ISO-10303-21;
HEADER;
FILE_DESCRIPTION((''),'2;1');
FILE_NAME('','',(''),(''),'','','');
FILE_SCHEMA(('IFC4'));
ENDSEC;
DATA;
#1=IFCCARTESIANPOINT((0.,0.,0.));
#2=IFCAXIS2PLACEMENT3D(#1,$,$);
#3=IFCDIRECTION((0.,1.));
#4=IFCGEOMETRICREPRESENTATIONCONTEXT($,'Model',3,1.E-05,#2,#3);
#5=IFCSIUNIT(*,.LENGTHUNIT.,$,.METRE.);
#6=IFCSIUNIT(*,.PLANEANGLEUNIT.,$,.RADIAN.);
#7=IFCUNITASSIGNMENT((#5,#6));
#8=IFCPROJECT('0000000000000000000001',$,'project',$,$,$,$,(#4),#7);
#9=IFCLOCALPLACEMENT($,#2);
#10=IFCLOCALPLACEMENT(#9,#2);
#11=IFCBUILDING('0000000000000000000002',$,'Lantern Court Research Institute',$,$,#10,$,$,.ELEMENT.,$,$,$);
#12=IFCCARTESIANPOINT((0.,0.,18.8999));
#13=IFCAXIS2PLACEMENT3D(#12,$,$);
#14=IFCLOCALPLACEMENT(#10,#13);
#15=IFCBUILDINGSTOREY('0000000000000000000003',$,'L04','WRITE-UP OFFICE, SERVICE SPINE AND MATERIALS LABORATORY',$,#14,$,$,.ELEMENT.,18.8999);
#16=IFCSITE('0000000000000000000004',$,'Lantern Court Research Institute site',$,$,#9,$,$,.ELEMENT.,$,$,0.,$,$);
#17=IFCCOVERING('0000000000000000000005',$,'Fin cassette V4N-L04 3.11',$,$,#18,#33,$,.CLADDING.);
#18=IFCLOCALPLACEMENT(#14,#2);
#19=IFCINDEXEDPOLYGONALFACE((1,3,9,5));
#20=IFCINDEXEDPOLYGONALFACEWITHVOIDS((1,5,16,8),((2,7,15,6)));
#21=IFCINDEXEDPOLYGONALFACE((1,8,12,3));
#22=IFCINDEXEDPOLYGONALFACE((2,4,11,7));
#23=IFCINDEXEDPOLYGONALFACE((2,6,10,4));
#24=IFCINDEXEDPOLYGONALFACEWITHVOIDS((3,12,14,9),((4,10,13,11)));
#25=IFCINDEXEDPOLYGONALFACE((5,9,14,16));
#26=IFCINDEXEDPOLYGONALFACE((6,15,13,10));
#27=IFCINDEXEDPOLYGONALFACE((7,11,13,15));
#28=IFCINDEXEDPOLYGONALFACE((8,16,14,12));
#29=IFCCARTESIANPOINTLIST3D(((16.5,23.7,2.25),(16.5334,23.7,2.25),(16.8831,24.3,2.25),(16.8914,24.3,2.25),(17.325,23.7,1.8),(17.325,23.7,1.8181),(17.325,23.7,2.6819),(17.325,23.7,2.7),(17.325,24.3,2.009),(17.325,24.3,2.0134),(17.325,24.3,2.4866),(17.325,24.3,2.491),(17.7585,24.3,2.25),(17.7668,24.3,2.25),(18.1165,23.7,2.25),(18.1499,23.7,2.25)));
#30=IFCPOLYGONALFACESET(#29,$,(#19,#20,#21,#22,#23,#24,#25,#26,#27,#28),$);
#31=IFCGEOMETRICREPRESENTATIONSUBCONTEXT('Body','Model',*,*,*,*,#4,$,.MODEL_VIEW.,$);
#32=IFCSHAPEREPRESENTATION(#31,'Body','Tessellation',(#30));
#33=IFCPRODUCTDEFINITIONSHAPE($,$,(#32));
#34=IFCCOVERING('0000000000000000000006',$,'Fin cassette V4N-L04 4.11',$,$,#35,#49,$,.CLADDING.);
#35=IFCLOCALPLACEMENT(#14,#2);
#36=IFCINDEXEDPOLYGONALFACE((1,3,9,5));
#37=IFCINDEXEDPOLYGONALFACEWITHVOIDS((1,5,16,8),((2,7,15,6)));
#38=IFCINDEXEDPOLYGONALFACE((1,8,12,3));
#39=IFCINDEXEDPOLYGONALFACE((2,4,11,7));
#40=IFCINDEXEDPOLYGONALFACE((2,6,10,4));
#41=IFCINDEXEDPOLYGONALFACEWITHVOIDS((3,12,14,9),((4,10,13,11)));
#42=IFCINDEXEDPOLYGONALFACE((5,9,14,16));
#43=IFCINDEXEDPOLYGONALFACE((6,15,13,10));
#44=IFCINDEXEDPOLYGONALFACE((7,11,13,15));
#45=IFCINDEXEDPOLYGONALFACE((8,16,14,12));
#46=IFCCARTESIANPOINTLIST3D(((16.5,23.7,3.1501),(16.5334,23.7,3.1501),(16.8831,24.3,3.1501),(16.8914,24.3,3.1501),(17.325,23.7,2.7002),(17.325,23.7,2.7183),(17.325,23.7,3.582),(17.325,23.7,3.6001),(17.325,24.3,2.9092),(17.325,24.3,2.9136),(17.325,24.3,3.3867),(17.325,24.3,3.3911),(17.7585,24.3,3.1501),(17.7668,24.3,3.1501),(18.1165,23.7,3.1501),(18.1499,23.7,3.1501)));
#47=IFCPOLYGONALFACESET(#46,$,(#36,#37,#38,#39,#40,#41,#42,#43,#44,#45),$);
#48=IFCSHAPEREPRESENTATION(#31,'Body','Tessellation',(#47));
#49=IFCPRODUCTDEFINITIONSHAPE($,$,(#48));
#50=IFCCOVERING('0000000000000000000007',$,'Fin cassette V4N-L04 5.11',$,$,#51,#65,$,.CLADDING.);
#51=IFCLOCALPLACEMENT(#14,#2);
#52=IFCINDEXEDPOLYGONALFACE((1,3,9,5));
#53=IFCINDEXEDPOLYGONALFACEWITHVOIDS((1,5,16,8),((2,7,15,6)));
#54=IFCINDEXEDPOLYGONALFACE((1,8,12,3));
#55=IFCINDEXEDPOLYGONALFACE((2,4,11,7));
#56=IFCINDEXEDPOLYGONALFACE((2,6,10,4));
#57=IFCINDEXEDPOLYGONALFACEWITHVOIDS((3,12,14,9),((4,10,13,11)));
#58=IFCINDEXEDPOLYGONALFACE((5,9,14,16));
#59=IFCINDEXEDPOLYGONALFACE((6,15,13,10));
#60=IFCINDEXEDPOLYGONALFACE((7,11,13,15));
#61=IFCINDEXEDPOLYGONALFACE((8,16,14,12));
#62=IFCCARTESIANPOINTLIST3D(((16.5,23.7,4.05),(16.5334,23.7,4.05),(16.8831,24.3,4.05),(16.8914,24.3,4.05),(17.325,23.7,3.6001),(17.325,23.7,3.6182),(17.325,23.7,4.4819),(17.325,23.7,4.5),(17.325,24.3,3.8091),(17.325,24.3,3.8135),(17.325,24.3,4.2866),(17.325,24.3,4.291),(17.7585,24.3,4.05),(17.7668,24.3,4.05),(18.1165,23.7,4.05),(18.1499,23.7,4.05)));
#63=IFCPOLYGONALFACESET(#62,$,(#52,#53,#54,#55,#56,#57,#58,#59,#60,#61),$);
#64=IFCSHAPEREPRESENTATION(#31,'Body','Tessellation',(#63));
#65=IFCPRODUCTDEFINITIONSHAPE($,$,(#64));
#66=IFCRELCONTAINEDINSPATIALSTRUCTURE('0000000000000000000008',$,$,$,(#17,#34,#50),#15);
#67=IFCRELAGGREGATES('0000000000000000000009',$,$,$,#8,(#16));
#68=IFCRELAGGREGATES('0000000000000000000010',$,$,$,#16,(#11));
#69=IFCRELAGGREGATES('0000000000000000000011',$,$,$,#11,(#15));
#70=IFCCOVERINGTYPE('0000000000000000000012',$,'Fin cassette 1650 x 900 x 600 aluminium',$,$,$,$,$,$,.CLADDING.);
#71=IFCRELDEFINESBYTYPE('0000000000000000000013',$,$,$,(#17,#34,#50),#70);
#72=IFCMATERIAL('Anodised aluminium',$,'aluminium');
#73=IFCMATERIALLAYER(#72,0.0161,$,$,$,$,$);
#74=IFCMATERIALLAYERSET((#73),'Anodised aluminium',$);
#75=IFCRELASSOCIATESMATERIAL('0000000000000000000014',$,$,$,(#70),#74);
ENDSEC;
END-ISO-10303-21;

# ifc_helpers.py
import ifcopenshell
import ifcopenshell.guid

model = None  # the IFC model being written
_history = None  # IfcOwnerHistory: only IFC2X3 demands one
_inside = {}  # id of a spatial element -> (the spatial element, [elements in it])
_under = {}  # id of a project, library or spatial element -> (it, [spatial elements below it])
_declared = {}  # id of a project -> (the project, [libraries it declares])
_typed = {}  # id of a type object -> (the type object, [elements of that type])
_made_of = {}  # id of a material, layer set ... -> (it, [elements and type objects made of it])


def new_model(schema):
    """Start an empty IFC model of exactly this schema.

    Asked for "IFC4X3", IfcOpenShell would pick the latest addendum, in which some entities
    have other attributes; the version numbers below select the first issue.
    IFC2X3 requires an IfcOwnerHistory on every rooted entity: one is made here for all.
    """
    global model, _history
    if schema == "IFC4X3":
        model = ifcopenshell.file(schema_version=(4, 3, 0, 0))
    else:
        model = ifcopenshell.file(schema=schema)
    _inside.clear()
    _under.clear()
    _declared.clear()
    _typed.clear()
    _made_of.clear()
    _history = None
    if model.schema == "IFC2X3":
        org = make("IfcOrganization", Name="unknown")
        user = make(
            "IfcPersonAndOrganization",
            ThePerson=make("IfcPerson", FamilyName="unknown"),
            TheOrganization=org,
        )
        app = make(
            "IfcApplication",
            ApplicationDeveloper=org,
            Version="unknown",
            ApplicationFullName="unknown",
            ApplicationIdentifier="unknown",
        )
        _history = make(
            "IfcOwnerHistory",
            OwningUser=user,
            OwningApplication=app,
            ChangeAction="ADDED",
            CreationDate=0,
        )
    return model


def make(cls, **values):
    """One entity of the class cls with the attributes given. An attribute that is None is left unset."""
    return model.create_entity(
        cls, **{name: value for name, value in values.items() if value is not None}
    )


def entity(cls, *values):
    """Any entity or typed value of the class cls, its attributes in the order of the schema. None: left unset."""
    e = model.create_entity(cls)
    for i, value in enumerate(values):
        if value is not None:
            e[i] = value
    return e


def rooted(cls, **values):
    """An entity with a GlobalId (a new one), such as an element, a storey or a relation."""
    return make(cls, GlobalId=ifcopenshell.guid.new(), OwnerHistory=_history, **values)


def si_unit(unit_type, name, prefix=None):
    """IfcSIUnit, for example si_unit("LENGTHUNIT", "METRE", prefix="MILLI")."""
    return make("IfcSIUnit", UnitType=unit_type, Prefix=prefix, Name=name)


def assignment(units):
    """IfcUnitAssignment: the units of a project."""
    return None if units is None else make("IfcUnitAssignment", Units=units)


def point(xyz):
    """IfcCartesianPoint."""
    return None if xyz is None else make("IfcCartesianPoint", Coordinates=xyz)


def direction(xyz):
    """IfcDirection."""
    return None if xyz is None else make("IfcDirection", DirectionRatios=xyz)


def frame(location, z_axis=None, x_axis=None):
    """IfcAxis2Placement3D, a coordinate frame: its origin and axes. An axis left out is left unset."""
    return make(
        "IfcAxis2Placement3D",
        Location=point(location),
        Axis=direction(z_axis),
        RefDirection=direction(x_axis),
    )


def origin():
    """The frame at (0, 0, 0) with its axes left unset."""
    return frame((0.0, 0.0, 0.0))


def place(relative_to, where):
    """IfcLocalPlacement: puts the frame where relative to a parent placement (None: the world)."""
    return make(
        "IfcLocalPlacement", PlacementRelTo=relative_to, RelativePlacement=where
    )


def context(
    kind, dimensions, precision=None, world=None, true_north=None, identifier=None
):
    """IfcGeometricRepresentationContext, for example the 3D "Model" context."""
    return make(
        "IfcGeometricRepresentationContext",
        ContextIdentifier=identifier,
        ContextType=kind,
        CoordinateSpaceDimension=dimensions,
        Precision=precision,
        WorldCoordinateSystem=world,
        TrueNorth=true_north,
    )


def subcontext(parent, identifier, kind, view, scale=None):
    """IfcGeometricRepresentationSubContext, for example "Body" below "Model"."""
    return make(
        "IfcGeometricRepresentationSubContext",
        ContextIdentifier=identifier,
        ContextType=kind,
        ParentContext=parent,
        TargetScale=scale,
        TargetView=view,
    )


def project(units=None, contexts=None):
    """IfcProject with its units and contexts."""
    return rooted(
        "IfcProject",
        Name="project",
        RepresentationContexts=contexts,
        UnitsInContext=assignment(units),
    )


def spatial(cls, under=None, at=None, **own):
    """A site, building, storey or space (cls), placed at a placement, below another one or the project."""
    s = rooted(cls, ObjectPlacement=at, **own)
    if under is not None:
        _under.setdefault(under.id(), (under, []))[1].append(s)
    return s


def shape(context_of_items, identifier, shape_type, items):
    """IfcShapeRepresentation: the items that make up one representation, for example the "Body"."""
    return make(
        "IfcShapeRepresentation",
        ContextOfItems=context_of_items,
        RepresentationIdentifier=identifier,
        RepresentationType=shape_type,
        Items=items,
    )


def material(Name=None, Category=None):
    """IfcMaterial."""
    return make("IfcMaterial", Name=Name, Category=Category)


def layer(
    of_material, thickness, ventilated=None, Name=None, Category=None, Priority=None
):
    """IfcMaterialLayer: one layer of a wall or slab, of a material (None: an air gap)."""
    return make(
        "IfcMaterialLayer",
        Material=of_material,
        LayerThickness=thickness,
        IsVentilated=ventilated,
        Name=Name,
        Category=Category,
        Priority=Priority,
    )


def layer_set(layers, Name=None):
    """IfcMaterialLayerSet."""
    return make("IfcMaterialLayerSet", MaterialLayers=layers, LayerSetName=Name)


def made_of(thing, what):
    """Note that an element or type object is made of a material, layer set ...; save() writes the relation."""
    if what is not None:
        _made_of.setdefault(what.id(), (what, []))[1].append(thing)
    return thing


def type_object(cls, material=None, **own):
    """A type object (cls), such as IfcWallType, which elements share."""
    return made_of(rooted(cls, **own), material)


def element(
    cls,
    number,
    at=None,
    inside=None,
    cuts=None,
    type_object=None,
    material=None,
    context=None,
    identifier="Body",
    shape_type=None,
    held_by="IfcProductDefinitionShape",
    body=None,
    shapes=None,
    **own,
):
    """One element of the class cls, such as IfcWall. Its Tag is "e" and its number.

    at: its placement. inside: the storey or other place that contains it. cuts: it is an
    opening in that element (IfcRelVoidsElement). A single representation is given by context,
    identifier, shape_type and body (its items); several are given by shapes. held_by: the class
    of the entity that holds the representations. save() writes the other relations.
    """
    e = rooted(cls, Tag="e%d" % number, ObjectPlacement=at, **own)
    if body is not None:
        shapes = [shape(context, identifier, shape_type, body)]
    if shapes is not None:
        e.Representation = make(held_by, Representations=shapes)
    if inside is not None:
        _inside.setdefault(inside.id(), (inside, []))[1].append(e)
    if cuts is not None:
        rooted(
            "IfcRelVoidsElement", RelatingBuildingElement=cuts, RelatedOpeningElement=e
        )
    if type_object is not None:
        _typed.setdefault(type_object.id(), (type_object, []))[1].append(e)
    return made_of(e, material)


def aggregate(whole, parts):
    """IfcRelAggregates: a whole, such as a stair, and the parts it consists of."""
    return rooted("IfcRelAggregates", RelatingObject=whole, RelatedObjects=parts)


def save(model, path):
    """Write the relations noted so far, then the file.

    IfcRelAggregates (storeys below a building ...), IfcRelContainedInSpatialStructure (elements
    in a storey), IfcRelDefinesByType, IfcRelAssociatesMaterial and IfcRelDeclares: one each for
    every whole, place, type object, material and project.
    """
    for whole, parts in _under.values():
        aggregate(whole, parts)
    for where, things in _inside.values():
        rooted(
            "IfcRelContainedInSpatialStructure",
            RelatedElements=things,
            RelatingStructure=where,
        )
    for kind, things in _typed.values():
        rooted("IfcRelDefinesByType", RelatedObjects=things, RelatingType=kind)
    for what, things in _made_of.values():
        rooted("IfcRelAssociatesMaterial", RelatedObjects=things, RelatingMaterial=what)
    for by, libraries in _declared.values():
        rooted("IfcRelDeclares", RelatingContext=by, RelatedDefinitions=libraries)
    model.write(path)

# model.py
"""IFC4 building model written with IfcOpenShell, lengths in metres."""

from ifc_helpers import new_model, entity, si_unit, direction, frame, origin, place, context, subcontext, project, spatial, material, layer, layer_set, type_object, element, save


model = new_model("IFC4")

# Units and contexts
model_context = context("Model", 3, precision=1e-05, world=origin(), true_north=direction((0.0, 1.0)))
body_context = subcontext(model_context, "Body", "Model", "MODEL_VIEW")
ifc_project = project(units=[si_unit("LENGTHUNIT", "METRE"), si_unit("PLANEANGLEUNIT", "RADIAN")], contexts=[model_context])

# Site, building, storey
site_placement = place(None, origin())
site = spatial("IfcSite", under=ifc_project, at=site_placement, Name="Lantern Court Research Institute site", CompositionType="ELEMENT", RefElevation=0.0)
building_placement = place(site_placement, origin())
building = spatial("IfcBuilding", under=site, at=building_placement, Name="Lantern Court Research Institute", CompositionType="ELEMENT")
storey_placement = place(building_placement, frame((0.0, 0.0, 18.8999)))
storey = spatial("IfcBuildingStorey", under=building, at=storey_placement, Name="L04", Description="WRITE-UP OFFICE, SERVICE SPINE AND MATERIALS LABORATORY", CompositionType="ELEMENT", Elevation=18.8999)

# Coverings
ifc_material_1 = material(Name="Anodised aluminium", Category="aluminium")
ifc_layer_1 = layer(ifc_material_1, 0.0161)
ifc_layer_set_1 = layer_set([ifc_layer_1], Name="Anodised aluminium")
covering_type = type_object("IfcCoveringType", Name="Fin cassette 1650 x 900 x 600 aluminium", PredefinedType="CLADDING", material=ifc_layer_set_1)
covering_1_placement = place(storey_placement, frame((17.325, 23.7, 2.25), z_axis=(0.0, 1.0, 0.0), x_axis=(-1.0, 0.0, 0.0)))
cartesian_point_1 = entity("IfcCartesianPoint", [0.825, 0.0])
cartesian_point_2 = entity("IfcCartesianPoint", [0.7915, 0.0])
cartesian_point_3 = entity("IfcCartesianPoint", [0.4419, 0.0])
cartesian_point_4 = entity("IfcCartesianPoint", [0.4336, 0.0])
element("IfcCovering", 1, at=covering_1_placement, inside=storey, type_object=covering_type, Name="Fin cassette V4N-L04 3.11", PredefinedType="CLADDING", context=body_context, shape_type="SweptSolid", body=[
    entity("IfcExtrudedAreaSolidTapered", entity("IfcArbitraryProfileDefWithVoids", "AREA", None, entity("IfcPolyline", [cartesian_point_1, entity("IfcCartesianPoint", [0.0, 0.45]), entity("IfcCartesianPoint", [-0.825, 0.0]), entity("IfcCartesianPoint", [0.0, -0.45]), cartesian_point_1]), [entity("IfcPolyline", [cartesian_point_2, entity("IfcCartesianPoint", [0.0, 0.4319]), entity("IfcCartesianPoint", [-0.7915, 0.0]), entity("IfcCartesianPoint", [0.0, -0.4319]), cartesian_point_2])]), entity("IfcAxis2Placement3D", entity("IfcCartesianPoint", [0.0, 0.0, 0.0])), entity("IfcDirection", [0.0, 0.0, 1.0]), 0.6001, entity("IfcArbitraryProfileDefWithVoids", "AREA", None, entity("IfcPolyline", [cartesian_point_3, entity("IfcCartesianPoint", [0.0, 0.241]), entity("IfcCartesianPoint", [-0.4419, 0.0]), entity("IfcCartesianPoint", [0.0, -0.241]), cartesian_point_3]), [entity("IfcPolyline", [cartesian_point_4, entity("IfcCartesianPoint", [0.0, 0.2366]), entity("IfcCartesianPoint", [-0.4336, 0.0]), entity("IfcCartesianPoint", [0.0, -0.2366]), cartesian_point_4])])),
])
covering_2_placement = place(storey_placement, frame((17.325, 23.7, 3.1501), z_axis=(0.0, 1.0, 0.0), x_axis=(-1.0, 0.0, 0.0)))
cartesian_point_5 = entity("IfcCartesianPoint", [0.825, 0.0])
cartesian_point_6 = entity("IfcCartesianPoint", [0.7915, 0.0])
cartesian_point_7 = entity("IfcCartesianPoint", [0.4419, 0.0])
cartesian_point_8 = entity("IfcCartesianPoint", [0.4336, 0.0])
element("IfcCovering", 2, at=covering_2_placement, inside=storey, type_object=covering_type, Name="Fin cassette V4N-L04 4.11", PredefinedType="CLADDING", context=body_context, shape_type="SweptSolid", body=[
    entity("IfcExtrudedAreaSolidTapered", entity("IfcArbitraryProfileDefWithVoids", "AREA", None, entity("IfcPolyline", [cartesian_point_5, entity("IfcCartesianPoint", [0.0, 0.45]), entity("IfcCartesianPoint", [-0.825, 0.0]), entity("IfcCartesianPoint", [0.0, -0.45]), cartesian_point_5]), [entity("IfcPolyline", [cartesian_point_6, entity("IfcCartesianPoint", [0.0, 0.4319]), entity("IfcCartesianPoint", [-0.7915, 0.0]), entity("IfcCartesianPoint", [0.0, -0.4319]), cartesian_point_6])]), entity("IfcAxis2Placement3D", entity("IfcCartesianPoint", [0.0, 0.0, 0.0])), entity("IfcDirection", [0.0, 0.0, 1.0]), 0.6001, entity("IfcArbitraryProfileDefWithVoids", "AREA", None, entity("IfcPolyline", [cartesian_point_7, entity("IfcCartesianPoint", [0.0, 0.241]), entity("IfcCartesianPoint", [-0.4419, 0.0]), entity("IfcCartesianPoint", [0.0, -0.241]), cartesian_point_7]), [entity("IfcPolyline", [cartesian_point_8, entity("IfcCartesianPoint", [0.0, 0.2366]), entity("IfcCartesianPoint", [-0.4336, 0.0]), entity("IfcCartesianPoint", [0.0, -0.2366]), cartesian_point_8])])),
])
covering_3_placement = place(storey_placement, frame((17.325, 23.7, 4.05), z_axis=(0.0, 1.0, 0.0), x_axis=(-1.0, 0.0, 0.0)))
cartesian_point_9 = entity("IfcCartesianPoint", [0.825, 0.0])
cartesian_point_10 = entity("IfcCartesianPoint", [0.7915, 0.0])
cartesian_point_11 = entity("IfcCartesianPoint", [0.4419, 0.0])
cartesian_point_12 = entity("IfcCartesianPoint", [0.4336, 0.0])
element("IfcCovering", 3, at=covering_3_placement, inside=storey, type_object=covering_type, Name="Fin cassette V4N-L04 5.11", PredefinedType="CLADDING", context=body_context, shape_type="SweptSolid", body=[
    entity("IfcExtrudedAreaSolidTapered", entity("IfcArbitraryProfileDefWithVoids", "AREA", None, entity("IfcPolyline", [cartesian_point_9, entity("IfcCartesianPoint", [0.0, 0.45]), entity("IfcCartesianPoint", [-0.825, 0.0]), entity("IfcCartesianPoint", [0.0, -0.45]), cartesian_point_9]), [entity("IfcPolyline", [cartesian_point_10, entity("IfcCartesianPoint", [0.0, 0.4319]), entity("IfcCartesianPoint", [-0.7915, 0.0]), entity("IfcCartesianPoint", [0.0, -0.4319]), cartesian_point_10])]), entity("IfcAxis2Placement3D", entity("IfcCartesianPoint", [0.0, 0.0, 0.0])), entity("IfcDirection", [0.0, 0.0, 1.0]), 0.6001, entity("IfcArbitraryProfileDefWithVoids", "AREA", None, entity("IfcPolyline", [cartesian_point_11, entity("IfcCartesianPoint", [0.0, 0.241]), entity("IfcCartesianPoint", [-0.4419, 0.0]), entity("IfcCartesianPoint", [0.0, -0.241]), cartesian_point_11]), [entity("IfcPolyline", [cartesian_point_12, entity("IfcCartesianPoint", [0.0, 0.2366]), entity("IfcCartesianPoint", [-0.4336, 0.0]), entity("IfcCartesianPoint", [0.0, -0.2366]), cartesian_point_12])])),
])

save(model, "model.ifc")
